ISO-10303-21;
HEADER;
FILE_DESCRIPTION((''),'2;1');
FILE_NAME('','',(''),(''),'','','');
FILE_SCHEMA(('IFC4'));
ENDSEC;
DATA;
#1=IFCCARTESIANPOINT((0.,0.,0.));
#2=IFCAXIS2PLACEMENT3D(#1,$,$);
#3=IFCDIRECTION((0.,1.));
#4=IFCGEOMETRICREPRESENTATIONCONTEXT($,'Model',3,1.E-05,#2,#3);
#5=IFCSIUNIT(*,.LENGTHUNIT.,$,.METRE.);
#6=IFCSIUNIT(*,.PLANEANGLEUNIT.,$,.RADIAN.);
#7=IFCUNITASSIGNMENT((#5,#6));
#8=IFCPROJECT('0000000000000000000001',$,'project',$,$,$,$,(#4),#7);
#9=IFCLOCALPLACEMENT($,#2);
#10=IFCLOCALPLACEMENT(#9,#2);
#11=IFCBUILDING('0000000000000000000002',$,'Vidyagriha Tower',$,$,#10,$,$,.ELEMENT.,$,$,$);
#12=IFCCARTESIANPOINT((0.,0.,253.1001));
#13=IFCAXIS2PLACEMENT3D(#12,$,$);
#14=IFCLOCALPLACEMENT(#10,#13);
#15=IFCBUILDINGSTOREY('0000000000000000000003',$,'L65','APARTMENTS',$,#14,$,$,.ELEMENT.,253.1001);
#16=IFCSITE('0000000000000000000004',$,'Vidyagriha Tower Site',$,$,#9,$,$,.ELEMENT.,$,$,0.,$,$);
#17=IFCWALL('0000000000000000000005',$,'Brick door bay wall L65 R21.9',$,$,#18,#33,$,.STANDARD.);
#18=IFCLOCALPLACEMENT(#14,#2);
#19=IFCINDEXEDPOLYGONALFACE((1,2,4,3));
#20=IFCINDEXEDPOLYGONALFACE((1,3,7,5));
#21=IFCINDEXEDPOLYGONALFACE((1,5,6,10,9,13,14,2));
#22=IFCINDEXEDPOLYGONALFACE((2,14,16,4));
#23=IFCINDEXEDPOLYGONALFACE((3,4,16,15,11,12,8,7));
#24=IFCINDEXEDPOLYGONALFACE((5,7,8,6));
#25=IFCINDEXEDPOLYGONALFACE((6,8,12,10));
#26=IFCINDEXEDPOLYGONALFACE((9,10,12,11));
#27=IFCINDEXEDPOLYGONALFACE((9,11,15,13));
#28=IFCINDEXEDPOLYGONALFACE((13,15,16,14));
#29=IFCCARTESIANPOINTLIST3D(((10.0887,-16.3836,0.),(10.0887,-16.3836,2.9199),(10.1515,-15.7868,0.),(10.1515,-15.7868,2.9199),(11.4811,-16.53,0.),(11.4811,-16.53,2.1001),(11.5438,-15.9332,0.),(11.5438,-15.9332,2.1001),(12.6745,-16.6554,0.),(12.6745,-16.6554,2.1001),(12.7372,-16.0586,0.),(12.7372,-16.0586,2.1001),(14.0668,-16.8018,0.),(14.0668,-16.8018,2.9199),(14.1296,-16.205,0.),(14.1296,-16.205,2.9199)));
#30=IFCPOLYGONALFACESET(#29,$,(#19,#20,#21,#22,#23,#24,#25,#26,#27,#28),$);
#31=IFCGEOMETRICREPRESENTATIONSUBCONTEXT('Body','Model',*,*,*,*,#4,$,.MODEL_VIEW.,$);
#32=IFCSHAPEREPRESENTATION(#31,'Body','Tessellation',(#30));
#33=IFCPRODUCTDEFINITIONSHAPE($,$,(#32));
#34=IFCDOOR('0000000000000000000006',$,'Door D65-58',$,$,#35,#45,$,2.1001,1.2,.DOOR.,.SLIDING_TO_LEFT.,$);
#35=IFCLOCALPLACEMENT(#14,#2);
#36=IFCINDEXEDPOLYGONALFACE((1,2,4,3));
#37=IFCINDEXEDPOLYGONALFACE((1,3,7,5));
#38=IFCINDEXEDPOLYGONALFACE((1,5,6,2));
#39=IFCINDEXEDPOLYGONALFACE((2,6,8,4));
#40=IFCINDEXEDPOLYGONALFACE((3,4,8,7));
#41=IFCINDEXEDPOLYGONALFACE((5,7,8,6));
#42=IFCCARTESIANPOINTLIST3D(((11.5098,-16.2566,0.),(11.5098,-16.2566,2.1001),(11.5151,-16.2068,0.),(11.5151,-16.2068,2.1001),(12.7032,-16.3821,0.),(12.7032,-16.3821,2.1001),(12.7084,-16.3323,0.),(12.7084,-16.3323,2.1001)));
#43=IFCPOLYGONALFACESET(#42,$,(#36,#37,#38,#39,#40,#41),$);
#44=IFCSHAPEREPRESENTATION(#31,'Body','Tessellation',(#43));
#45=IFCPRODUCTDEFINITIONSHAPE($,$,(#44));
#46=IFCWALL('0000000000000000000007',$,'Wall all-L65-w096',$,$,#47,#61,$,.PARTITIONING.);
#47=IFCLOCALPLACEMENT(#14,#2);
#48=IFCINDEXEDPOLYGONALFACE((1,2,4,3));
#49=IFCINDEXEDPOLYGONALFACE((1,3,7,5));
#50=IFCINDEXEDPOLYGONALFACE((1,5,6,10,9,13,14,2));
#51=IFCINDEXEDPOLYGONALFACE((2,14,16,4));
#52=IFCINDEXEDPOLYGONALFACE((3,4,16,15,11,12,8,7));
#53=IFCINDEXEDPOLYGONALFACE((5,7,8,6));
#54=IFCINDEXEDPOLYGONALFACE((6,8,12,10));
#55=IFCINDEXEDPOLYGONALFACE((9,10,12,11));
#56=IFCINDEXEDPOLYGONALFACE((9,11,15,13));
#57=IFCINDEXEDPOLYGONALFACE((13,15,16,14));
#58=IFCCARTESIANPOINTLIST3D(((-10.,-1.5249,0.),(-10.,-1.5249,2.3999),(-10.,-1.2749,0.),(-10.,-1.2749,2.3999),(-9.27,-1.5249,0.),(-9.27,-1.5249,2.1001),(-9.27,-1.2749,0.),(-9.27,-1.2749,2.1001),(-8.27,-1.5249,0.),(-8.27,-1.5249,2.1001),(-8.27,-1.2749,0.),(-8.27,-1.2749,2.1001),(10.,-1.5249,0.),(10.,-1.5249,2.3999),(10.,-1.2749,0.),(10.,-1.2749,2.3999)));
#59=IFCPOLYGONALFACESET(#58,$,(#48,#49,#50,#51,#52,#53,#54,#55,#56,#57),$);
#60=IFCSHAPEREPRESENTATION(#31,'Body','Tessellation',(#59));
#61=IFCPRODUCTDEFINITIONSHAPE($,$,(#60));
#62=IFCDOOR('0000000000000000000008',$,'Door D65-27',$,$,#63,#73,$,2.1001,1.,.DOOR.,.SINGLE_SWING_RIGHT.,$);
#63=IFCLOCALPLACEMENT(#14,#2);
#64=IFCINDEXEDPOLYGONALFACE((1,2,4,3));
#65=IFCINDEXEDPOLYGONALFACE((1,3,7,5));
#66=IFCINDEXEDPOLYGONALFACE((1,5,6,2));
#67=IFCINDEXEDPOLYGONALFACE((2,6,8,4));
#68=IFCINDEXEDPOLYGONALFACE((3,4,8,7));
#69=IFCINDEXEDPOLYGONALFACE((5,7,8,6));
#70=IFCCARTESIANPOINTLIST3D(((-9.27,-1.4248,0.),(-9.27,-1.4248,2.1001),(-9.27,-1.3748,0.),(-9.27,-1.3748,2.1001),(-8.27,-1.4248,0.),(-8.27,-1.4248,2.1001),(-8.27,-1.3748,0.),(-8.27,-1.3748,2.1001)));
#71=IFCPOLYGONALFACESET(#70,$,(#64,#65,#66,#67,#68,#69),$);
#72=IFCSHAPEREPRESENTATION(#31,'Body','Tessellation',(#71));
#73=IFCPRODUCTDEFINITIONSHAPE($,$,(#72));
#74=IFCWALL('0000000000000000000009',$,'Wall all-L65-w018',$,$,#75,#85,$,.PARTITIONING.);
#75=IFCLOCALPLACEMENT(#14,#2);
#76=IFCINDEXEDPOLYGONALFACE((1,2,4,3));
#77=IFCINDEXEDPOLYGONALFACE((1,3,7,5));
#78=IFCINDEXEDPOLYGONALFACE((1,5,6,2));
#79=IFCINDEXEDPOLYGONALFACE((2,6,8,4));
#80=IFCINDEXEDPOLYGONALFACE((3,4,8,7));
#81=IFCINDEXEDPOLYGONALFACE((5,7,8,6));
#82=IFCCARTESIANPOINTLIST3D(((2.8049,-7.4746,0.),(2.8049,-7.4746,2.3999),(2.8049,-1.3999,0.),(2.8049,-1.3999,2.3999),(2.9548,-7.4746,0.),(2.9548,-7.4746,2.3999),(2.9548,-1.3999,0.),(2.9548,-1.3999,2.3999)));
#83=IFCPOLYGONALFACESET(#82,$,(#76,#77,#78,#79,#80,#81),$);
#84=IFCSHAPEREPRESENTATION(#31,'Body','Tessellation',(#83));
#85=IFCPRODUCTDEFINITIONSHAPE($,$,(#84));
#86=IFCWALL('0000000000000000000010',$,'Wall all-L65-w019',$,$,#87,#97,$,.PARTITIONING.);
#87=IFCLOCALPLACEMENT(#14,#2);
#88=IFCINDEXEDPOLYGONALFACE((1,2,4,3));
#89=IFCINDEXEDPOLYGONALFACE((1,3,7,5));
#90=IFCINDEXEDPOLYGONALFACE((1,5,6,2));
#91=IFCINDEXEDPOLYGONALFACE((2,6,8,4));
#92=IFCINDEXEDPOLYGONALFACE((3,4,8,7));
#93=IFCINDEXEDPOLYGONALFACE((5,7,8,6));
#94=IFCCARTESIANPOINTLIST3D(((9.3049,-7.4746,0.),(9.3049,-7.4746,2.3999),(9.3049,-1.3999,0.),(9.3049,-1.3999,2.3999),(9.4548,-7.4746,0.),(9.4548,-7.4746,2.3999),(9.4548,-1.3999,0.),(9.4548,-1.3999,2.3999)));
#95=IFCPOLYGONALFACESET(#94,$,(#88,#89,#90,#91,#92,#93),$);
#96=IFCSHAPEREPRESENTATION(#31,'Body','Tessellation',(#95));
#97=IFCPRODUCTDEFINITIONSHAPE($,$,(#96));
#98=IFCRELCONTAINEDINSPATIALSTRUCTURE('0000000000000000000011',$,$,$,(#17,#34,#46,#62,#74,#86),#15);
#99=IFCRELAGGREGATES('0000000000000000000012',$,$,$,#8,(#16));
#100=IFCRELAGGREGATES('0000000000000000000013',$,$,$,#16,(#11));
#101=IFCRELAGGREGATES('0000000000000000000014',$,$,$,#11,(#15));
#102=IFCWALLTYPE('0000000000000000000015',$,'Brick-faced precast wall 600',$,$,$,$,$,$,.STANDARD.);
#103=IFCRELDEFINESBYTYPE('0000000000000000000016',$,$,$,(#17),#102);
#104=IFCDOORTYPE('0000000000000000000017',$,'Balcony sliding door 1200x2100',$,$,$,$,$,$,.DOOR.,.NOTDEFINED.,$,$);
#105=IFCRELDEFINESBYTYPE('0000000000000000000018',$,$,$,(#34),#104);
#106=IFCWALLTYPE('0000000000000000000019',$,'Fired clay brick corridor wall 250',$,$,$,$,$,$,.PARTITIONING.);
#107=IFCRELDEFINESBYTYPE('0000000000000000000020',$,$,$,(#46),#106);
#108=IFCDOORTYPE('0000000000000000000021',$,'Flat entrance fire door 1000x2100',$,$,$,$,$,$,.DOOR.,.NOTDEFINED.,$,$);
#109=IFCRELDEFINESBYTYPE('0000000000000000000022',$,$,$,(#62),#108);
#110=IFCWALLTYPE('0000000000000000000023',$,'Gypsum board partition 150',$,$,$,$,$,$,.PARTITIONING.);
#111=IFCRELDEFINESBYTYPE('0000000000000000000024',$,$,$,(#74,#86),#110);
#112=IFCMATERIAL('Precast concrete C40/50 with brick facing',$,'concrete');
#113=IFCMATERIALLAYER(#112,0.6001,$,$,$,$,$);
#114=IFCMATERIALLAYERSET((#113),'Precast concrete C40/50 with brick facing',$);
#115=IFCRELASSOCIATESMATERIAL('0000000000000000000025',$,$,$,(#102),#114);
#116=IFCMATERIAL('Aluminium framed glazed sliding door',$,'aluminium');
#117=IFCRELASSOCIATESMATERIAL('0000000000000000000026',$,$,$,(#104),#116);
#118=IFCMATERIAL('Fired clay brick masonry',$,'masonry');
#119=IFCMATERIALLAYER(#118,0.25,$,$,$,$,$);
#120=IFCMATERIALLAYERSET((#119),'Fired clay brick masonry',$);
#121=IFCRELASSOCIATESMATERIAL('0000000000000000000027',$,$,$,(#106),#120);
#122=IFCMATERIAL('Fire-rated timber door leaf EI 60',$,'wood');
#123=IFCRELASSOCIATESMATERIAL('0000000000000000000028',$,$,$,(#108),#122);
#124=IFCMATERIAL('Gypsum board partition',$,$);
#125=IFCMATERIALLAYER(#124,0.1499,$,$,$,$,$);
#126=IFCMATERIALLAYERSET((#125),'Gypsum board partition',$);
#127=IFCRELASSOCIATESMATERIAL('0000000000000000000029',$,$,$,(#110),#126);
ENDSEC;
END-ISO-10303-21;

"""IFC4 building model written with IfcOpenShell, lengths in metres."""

from ifc_helpers import new_model, si_unit, direction, frame, frame_2d, origin, place, context, subcontext, project, spatial, rectangle, extrude, material, layer, layer_set, type_object, element, fill, save


model = new_model("IFC4")

# Units and contexts
model_context = context("Model", 3, precision=1e-05, world=origin(), true_north=direction((0.0, 1.0)))
body_context = subcontext(model_context, "Body", "Model", "MODEL_VIEW")
ifc_project = project(units=[si_unit("LENGTHUNIT", "METRE"), si_unit("PLANEANGLEUNIT", "RADIAN")], contexts=[model_context])

# Site, building, storey
site_placement = place(None, origin())
site = spatial("IfcSite", under=ifc_project, at=site_placement, Name="Vidyagriha Tower Site", CompositionType="ELEMENT", RefElevation=0.0)
building_placement = place(site_placement, origin())
building = spatial("IfcBuilding", under=site, at=building_placement, Name="Vidyagriha Tower", CompositionType="ELEMENT")
storey_placement = place(building_placement, frame((0.0, 0.0, 253.1001)))
storey = spatial("IfcBuildingStorey", under=building, at=storey_placement, Name="L65", Description="APARTMENTS", CompositionType="ELEMENT", Elevation=253.1001)

# Walls, openings, doors
ifc_material_1 = material(Name="Precast concrete C40/50 with brick facing", Category="concrete")
ifc_layer_1 = layer(ifc_material_1, 0.6001)
ifc_layer_set_1 = layer_set([ifc_layer_1], Name="Precast concrete C40/50 with brick facing")
wall_type_1 = type_object("IfcWallType", Name="Brick-faced precast wall 600", PredefinedType="STANDARD", material=ifc_layer_set_1)
ifc_material_2 = material(Name="Aluminium framed glazed sliding door", Category="aluminium")
door_type_1 = type_object("IfcDoorType", Name="Balcony sliding door 1200x2100", OperationType="NOTDEFINED", PredefinedType="DOOR", material=ifc_material_2)
wall_1_placement = place(storey_placement, frame((10.1201, -16.0852, 0.0), z_axis=(0.0, 0.0, 1.0), x_axis=(0.994519, -0.104555, 0.0)))
wall_1 = element("IfcWall", 1, at=wall_1_placement, inside=storey, type_object=wall_type_1, Name="Brick door bay wall L65 R21.9", PredefinedType="STANDARD", context=body_context, shape_type="SweptSolid", body=[
    extrude(rectangle(XDim=4.0, YDim=0.6001, at=frame_2d((2.0, 0.0))), origin(), (0.0, 0.0, 1.0), 2.9199),
])
opening_1_placement = place(wall_1_placement, frame((1.3999, 0.0, 0.0)))
opening_1 = element("IfcOpeningElement", 2, at=opening_1_placement, cuts=wall_1, PredefinedType="OPENING", context=body_context, shape_type="SweptSolid", body=[
    extrude(rectangle(XDim=1.2, YDim=2.1001, at=frame_2d((0.6001, 1.05))), frame((0.0, 0.3101, 0.0), z_axis=(0.0, -1.0, 0.0), x_axis=(1.0, 0.0, 0.0)), (0.0, 0.0, 1.0), 0.6201),
])
door_1_placement = place(opening_1_placement, origin())
door_1 = element("IfcDoor", 3, at=door_1_placement, inside=storey, type_object=door_type_1, Name="Door D65-58", OperationType="SLIDING_TO_LEFT", OverallHeight=2.1001, OverallWidth=1.2, PredefinedType="DOOR", context=body_context, shape_type="SweptSolid", body=[
    extrude(rectangle(XDim=1.2, YDim=2.1001, at=frame_2d((0.6001, 1.05))), frame((0.0, 0.0249, 0.0), z_axis=(0.0, -1.0, 0.0), x_axis=(1.0, 0.0, 0.0)), (0.0, 0.0, 1.0), 0.05),
])
fill(opening_1, door_1)
ifc_material_3 = material(Name="Fired clay brick masonry", Category="masonry")
ifc_layer_2 = layer(ifc_material_3, 0.25)
ifc_layer_set_2 = layer_set([ifc_layer_2], Name="Fired clay brick masonry")
wall_type_2 = type_object("IfcWallType", Name="Fired clay brick corridor wall 250", PredefinedType="PARTITIONING", material=ifc_layer_set_2)
wall_2_placement = place(storey_placement, frame((10.0, -1.3999, 0.0), z_axis=(0.0, 0.0, 1.0), x_axis=(-1.0, 0.0, 0.0)))
wall_2 = element("IfcWall", 4, at=wall_2_placement, inside=storey, type_object=wall_type_2, Name="Wall all-L65-w096", PredefinedType="PARTITIONING", context=body_context, shape_type="SweptSolid", body=[
    extrude(rectangle(XDim=20.0, YDim=0.25, at=frame_2d((10.0, 0.0))), origin(), (0.0, 0.0, 1.0), 2.3999),
])
opening_2_placement = place(wall_2_placement, frame((18.27, 0.0, 0.0)))
opening_2 = element("IfcOpeningElement", 5, at=opening_2_placement, cuts=wall_2, PredefinedType="OPENING", context=body_context, shape_type="SweptSolid", body=[
    extrude(rectangle(XDim=1.0, YDim=2.1001, at=frame_2d((0.5, 1.05))), frame((0.0, 0.135, 0.0), z_axis=(0.0, -1.0, 0.0), x_axis=(1.0, 0.0, 0.0)), (0.0, 0.0, 1.0), 0.27),
])
ifc_material_4 = material(Name="Fire-rated timber door leaf EI 60", Category="wood")
door_type_2 = type_object("IfcDoorType", Name="Flat entrance fire door 1000x2100", OperationType="NOTDEFINED", PredefinedType="DOOR", material=ifc_material_4)
door_2_placement = place(opening_2_placement, origin())
door_2 = element("IfcDoor", 6, at=door_2_placement, inside=storey, type_object=door_type_2, Name="Door D65-27", OperationType="SINGLE_SWING_RIGHT", OverallHeight=2.1001, OverallWidth=1.0, PredefinedType="DOOR", context=body_context, shape_type="SweptSolid", body=[
    extrude(rectangle(XDim=1.0, YDim=2.1001, at=frame_2d((0.5, 1.05))), frame((0.0, 0.0249, 0.0), z_axis=(0.0, -1.0, 0.0), x_axis=(1.0, 0.0, 0.0)), (0.0, 0.0, 1.0), 0.05),
])
fill(opening_2, door_2)

# Walls
ifc_material_5 = material(Name="Gypsum board partition")
ifc_layer_3 = layer(ifc_material_5, 0.1499)
ifc_layer_set_3 = layer_set([ifc_layer_3], Name="Gypsum board partition")
wall_type_3 = type_object("IfcWallType", Name="Gypsum board partition 150", PredefinedType="PARTITIONING", material=ifc_layer_set_3)
for number, where, z_axis, x_axis, name in (
    (7, (2.8799, -1.3999, 0.0), (0.0, 0.0, 1.0), (0.0, -1.0, 0.0), "Wall all-L65-w018"),
    (8, (9.3799, -1.3999, 0.0), (0.0, 0.0, 1.0), (0.0, -1.0, 0.0), "Wall all-L65-w019"),
):
    element("IfcWall", number, at=place(storey_placement, frame(where, z_axis=z_axis, x_axis=x_axis)), inside=storey, type_object=wall_type_3, Name=name, PredefinedType="PARTITIONING", context=body_context, shape_type="SweptSolid", body=[
        extrude(rectangle(XDim=6.0747, YDim=0.1499, at=frame_2d((3.0374, 0.0))), origin(), (0.0, 0.0, 1.0), 2.3999),
    ])

save(model, "model.ifc")
